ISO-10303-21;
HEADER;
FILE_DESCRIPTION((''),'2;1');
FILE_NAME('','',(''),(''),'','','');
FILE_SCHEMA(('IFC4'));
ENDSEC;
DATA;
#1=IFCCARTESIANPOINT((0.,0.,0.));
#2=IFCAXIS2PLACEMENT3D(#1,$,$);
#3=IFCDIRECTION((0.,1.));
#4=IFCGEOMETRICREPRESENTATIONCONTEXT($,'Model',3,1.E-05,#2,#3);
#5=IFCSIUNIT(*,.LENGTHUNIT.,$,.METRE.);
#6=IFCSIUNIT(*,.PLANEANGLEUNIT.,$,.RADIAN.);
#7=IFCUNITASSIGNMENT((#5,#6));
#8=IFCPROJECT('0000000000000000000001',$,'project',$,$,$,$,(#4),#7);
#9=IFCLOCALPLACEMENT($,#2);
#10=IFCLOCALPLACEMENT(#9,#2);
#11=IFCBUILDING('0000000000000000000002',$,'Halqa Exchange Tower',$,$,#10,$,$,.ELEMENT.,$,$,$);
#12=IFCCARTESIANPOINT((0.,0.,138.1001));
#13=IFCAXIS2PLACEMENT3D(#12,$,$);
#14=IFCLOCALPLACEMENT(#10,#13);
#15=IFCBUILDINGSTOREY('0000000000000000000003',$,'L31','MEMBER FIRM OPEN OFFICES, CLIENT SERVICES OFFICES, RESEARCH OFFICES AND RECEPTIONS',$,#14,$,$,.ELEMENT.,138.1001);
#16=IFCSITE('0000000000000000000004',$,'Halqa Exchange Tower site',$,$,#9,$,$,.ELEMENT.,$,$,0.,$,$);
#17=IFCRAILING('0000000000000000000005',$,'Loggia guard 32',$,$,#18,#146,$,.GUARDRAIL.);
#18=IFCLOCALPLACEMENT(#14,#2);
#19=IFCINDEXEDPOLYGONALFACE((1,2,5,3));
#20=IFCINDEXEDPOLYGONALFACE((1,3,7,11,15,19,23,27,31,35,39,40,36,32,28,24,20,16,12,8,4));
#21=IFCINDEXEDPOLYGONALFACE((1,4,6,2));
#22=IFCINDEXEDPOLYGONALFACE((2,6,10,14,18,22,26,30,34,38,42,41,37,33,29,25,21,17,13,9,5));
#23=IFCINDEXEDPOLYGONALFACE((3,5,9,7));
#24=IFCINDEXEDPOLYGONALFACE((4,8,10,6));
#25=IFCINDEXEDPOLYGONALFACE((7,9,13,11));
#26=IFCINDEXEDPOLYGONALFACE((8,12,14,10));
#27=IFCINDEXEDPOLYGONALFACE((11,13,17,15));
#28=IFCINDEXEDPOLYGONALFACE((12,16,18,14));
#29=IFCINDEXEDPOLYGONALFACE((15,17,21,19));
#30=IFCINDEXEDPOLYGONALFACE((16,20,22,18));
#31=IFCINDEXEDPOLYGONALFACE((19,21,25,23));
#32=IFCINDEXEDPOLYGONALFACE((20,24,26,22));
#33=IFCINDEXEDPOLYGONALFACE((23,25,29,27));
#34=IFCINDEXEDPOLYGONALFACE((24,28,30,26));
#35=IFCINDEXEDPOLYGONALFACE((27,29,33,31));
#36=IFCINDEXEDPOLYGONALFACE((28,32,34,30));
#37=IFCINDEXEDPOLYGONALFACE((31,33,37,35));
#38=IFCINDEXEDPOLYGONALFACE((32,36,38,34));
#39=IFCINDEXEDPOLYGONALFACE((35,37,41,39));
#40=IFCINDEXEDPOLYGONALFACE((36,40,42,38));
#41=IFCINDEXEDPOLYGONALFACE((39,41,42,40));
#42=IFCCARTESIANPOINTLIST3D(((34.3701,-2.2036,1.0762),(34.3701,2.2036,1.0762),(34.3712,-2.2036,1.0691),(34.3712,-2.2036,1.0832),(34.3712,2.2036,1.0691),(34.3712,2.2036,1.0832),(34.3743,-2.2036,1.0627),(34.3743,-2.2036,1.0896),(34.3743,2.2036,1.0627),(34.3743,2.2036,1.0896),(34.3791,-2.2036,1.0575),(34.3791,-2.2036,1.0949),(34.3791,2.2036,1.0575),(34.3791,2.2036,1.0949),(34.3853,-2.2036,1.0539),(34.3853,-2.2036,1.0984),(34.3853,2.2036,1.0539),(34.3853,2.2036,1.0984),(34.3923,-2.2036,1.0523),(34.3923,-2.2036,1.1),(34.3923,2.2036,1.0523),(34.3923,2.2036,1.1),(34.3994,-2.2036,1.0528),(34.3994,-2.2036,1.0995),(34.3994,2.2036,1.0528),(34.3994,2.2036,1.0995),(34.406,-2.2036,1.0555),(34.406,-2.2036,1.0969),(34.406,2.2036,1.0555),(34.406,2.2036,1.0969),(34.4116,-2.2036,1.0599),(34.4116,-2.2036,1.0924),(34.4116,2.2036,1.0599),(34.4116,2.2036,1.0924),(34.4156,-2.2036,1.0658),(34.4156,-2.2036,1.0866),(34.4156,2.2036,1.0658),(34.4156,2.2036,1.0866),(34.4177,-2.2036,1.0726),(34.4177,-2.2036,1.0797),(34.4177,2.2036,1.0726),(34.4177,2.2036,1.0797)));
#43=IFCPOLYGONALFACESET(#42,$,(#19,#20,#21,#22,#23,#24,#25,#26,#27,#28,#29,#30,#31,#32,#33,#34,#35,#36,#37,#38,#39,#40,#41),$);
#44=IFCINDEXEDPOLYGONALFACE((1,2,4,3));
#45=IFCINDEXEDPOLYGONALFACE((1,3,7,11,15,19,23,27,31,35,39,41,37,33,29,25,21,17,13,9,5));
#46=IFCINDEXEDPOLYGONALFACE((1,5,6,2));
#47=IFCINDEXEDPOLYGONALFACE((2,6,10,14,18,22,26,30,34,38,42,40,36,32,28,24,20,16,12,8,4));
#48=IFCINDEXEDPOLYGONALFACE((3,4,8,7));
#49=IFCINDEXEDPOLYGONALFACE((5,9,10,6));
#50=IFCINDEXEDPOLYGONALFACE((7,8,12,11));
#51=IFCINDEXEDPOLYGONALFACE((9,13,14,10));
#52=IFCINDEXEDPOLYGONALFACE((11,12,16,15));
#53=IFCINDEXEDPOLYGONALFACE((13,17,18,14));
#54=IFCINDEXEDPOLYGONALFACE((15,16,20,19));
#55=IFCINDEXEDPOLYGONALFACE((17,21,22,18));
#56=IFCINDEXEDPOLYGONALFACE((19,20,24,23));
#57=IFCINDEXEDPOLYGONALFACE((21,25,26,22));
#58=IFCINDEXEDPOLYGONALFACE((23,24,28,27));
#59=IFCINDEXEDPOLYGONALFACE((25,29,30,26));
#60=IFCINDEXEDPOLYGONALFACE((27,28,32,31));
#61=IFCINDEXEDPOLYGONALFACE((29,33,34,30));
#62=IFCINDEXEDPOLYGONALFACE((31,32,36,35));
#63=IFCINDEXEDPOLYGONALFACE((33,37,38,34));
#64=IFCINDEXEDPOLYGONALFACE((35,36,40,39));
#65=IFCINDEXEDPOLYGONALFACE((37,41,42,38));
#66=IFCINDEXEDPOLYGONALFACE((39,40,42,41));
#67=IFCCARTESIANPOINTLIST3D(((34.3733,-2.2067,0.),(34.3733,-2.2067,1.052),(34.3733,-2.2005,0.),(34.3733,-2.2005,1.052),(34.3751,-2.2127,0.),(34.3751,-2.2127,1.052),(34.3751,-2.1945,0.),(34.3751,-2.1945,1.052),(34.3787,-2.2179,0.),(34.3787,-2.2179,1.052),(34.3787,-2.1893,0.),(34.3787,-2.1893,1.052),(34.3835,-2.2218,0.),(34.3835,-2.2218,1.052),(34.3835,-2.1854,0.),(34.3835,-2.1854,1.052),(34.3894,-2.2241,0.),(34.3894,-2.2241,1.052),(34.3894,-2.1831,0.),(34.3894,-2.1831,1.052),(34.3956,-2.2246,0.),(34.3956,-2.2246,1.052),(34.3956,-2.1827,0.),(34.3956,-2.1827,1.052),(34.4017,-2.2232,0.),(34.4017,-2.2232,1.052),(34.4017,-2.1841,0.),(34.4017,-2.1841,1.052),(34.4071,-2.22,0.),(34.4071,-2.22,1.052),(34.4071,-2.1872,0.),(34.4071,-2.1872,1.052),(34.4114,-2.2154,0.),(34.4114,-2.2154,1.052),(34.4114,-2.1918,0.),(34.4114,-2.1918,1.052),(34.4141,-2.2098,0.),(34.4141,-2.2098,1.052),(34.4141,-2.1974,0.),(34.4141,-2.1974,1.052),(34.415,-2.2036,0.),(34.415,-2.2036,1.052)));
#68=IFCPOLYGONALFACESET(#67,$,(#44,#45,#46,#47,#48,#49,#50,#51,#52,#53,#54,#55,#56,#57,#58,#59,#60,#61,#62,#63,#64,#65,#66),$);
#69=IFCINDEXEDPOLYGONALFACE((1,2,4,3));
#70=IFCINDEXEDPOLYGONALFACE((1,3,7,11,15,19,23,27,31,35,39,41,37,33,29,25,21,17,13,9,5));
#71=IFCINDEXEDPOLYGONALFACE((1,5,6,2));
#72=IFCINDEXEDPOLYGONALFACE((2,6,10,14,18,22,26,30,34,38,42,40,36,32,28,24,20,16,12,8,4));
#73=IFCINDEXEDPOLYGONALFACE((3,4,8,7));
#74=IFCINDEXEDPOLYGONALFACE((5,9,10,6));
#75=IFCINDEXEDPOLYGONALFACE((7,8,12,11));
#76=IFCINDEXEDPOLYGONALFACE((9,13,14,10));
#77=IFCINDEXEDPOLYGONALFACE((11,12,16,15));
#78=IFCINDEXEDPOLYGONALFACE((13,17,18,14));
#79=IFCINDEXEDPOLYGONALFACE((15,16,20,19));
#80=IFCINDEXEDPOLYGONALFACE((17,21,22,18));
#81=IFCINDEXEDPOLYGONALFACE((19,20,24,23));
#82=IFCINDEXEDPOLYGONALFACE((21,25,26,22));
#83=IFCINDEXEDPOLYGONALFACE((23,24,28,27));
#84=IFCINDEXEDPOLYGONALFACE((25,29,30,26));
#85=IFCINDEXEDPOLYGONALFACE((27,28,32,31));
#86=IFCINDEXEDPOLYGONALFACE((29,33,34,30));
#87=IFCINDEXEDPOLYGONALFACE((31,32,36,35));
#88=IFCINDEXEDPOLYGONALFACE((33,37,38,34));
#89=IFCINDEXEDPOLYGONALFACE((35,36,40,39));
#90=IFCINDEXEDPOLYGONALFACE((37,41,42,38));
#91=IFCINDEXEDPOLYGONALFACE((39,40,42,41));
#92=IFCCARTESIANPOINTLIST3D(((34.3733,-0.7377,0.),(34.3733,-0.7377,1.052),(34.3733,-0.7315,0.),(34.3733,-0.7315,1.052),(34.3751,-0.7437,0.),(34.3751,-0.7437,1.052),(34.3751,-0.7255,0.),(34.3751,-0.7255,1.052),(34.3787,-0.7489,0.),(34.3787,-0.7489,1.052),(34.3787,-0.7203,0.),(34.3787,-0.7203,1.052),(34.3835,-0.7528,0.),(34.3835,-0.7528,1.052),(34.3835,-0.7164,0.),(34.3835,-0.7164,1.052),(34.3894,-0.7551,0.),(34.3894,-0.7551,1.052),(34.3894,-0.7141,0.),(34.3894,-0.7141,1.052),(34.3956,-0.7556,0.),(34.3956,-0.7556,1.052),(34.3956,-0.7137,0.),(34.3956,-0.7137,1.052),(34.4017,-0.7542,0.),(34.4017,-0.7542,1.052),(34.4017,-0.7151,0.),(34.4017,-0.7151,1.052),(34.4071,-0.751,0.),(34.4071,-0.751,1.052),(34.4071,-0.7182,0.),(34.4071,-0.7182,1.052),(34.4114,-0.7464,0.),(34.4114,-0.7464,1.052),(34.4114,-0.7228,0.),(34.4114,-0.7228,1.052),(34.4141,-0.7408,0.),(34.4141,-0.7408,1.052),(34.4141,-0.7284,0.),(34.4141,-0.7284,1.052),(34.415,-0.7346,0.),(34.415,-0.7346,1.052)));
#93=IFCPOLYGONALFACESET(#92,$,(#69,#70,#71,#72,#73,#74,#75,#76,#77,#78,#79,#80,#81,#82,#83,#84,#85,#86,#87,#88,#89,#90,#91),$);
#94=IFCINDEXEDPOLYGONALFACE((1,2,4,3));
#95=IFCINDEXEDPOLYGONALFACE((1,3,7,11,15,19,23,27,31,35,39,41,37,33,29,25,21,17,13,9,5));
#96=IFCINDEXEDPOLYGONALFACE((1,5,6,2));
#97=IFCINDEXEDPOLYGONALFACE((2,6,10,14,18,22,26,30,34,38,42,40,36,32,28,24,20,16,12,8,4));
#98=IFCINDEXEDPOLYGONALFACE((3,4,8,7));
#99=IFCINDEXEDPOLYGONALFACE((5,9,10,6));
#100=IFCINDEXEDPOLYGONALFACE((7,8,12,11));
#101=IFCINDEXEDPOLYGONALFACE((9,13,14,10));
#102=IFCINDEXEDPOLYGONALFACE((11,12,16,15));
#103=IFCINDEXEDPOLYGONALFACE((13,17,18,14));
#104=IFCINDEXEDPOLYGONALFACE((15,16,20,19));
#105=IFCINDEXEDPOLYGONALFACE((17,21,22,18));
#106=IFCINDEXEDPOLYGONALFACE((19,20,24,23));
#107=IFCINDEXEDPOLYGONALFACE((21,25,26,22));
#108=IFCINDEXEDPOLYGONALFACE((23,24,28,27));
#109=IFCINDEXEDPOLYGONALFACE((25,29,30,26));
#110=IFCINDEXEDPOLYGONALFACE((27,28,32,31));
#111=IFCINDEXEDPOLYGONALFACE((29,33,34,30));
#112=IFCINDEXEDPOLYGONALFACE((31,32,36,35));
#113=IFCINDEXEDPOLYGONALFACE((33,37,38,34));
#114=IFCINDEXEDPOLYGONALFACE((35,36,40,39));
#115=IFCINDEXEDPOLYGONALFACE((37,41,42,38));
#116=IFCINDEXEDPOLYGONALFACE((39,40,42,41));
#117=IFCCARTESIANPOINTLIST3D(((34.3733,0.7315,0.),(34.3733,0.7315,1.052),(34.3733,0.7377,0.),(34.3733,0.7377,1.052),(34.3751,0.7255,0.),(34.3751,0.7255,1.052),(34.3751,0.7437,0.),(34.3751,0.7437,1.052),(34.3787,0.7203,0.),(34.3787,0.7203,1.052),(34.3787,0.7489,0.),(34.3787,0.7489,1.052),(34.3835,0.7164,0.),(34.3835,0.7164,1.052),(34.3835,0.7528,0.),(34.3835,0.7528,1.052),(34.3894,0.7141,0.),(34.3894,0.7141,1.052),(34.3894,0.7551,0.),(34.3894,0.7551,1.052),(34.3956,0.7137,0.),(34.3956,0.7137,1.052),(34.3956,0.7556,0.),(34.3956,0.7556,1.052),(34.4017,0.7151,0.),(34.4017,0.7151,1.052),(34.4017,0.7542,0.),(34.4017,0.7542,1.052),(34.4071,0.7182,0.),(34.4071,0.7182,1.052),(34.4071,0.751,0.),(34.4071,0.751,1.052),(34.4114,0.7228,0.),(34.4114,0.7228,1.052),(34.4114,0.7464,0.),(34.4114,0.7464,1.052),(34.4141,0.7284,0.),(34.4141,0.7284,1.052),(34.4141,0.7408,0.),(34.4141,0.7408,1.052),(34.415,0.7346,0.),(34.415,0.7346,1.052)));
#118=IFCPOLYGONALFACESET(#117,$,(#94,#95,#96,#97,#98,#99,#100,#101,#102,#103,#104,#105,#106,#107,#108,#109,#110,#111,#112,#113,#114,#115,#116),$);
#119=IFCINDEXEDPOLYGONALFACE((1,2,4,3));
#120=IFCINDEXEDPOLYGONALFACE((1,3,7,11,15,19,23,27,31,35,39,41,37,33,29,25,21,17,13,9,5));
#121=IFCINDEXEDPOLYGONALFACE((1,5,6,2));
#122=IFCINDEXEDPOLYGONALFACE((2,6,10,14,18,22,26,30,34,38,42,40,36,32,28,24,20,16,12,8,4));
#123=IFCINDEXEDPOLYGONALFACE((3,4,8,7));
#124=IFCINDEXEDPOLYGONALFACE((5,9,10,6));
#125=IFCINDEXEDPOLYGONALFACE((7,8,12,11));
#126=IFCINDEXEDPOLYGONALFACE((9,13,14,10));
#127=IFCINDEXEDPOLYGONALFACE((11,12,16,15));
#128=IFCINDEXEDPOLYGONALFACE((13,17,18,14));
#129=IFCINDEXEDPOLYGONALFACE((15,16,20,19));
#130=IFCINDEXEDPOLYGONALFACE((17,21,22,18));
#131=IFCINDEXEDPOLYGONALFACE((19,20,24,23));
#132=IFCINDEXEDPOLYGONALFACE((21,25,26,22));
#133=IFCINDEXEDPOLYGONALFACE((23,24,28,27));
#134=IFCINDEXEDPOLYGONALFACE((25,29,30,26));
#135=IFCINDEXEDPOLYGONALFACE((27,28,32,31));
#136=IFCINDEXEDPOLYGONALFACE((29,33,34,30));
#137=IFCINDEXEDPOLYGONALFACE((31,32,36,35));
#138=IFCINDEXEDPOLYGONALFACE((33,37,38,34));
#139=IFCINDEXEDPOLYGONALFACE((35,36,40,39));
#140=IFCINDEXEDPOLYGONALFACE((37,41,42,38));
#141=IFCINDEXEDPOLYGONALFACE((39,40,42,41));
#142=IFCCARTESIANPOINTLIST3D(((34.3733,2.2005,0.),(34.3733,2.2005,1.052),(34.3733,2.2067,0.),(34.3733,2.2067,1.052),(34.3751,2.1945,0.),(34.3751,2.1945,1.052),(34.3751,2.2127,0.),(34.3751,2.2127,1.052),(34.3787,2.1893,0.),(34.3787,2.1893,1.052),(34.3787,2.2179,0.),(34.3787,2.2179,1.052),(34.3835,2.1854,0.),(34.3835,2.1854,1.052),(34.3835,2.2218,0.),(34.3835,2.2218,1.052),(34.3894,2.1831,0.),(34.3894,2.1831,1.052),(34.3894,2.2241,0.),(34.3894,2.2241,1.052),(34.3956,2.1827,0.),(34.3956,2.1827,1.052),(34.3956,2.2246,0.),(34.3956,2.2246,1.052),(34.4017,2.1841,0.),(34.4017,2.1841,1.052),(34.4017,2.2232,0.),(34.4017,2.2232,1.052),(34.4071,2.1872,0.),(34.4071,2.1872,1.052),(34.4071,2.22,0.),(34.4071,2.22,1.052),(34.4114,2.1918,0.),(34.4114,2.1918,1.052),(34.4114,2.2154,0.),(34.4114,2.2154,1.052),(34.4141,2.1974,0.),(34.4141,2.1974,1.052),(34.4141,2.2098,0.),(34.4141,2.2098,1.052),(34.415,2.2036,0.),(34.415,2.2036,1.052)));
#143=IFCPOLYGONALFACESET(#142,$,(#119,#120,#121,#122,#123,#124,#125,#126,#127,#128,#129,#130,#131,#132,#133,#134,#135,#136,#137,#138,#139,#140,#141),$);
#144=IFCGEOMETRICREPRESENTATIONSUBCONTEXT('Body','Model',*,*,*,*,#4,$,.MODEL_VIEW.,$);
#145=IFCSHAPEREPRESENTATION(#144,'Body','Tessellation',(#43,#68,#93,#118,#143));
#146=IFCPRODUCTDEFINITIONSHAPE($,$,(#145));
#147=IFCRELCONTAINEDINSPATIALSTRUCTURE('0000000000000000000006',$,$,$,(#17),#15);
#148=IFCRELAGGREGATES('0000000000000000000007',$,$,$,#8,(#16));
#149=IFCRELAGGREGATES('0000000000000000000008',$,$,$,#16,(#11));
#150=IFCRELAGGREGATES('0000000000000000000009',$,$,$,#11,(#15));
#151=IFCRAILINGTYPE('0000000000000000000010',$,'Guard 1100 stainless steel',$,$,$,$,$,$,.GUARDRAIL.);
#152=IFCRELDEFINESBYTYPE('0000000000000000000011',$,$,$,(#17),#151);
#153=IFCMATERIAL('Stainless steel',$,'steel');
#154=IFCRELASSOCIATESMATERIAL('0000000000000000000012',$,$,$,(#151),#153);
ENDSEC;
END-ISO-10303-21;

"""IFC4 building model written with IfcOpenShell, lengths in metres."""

from ifc_helpers import new_model, si_unit, direction, frame, origin, origin_2d, place, context, subcontext, project, spatial, circle, extrude, material, type_object, element, save


model = new_model("IFC4")

# Units and contexts
model_context = context("Model", 3, precision=1e-05, world=origin(), true_north=direction((0.0, 1.0)))
body_context = subcontext(model_context, "Body", "Model", "MODEL_VIEW")
ifc_project = project(units=[si_unit("LENGTHUNIT", "METRE"), si_unit("PLANEANGLEUNIT", "RADIAN")], contexts=[model_context])

# Site, building, storey
site_placement = place(None, origin())
site = spatial("IfcSite", under=ifc_project, at=site_placement, Name="Halqa Exchange Tower site", CompositionType="ELEMENT", RefElevation=0.0)
building_placement = place(site_placement, origin())
building = spatial("IfcBuilding", under=site, at=building_placement, Name="Halqa Exchange Tower", CompositionType="ELEMENT")
storey_placement = place(building_placement, frame((0.0, 0.0, 138.1001)))
storey = spatial("IfcBuildingStorey", under=building, at=storey_placement, Name="L31", Description="MEMBER FIRM OPEN OFFICES, CLIENT SERVICES OFFICES, RESEARCH OFFICES AND RECEPTIONS", CompositionType="ELEMENT", Elevation=138.1001)

# Railing
ifc_material_1 = material(Name="Stainless steel", Category="steel")
railing_type = type_object("IfcRailingType", Name="Guard 1100 stainless steel", PredefinedType="GUARDRAIL", material=ifc_material_1)
railing_1_placement = place(storey_placement, frame((34.394, -2.2036, 0.0)))
element("IfcRailing", 1, at=railing_1_placement, inside=storey, type_object=railing_type, Name="Loggia guard 32", PredefinedType="GUARDRAIL", context=body_context, shape_type="SweptSolid", body=[
    extrude(circle(Radius=0.0239, at=origin_2d()), frame((0.0, 0.0, 1.0762), z_axis=(0.0, 1.0, 0.0), x_axis=(-1.0, 0.0, 0.0)), (0.0, 0.0, 1.0), 4.4072),
    extrude(circle(Radius=0.021, at=origin_2d()), origin(), (0.0, 0.0, 1.0), 1.052),
    extrude(circle(Radius=0.021, at=origin_2d()), frame((0.0, 1.469, 0.0)), (0.0, 0.0, 1.0), 1.052),
    extrude(circle(Radius=0.021, at=origin_2d()), frame((0.0, 2.9382, 0.0)), (0.0, 0.0, 1.0), 1.052),
    extrude(circle(Radius=0.021, at=origin_2d()), frame((0.0, 4.4072, 0.0)), (0.0, 0.0, 1.0), 1.052),
])

save(model, "model.ifc")
